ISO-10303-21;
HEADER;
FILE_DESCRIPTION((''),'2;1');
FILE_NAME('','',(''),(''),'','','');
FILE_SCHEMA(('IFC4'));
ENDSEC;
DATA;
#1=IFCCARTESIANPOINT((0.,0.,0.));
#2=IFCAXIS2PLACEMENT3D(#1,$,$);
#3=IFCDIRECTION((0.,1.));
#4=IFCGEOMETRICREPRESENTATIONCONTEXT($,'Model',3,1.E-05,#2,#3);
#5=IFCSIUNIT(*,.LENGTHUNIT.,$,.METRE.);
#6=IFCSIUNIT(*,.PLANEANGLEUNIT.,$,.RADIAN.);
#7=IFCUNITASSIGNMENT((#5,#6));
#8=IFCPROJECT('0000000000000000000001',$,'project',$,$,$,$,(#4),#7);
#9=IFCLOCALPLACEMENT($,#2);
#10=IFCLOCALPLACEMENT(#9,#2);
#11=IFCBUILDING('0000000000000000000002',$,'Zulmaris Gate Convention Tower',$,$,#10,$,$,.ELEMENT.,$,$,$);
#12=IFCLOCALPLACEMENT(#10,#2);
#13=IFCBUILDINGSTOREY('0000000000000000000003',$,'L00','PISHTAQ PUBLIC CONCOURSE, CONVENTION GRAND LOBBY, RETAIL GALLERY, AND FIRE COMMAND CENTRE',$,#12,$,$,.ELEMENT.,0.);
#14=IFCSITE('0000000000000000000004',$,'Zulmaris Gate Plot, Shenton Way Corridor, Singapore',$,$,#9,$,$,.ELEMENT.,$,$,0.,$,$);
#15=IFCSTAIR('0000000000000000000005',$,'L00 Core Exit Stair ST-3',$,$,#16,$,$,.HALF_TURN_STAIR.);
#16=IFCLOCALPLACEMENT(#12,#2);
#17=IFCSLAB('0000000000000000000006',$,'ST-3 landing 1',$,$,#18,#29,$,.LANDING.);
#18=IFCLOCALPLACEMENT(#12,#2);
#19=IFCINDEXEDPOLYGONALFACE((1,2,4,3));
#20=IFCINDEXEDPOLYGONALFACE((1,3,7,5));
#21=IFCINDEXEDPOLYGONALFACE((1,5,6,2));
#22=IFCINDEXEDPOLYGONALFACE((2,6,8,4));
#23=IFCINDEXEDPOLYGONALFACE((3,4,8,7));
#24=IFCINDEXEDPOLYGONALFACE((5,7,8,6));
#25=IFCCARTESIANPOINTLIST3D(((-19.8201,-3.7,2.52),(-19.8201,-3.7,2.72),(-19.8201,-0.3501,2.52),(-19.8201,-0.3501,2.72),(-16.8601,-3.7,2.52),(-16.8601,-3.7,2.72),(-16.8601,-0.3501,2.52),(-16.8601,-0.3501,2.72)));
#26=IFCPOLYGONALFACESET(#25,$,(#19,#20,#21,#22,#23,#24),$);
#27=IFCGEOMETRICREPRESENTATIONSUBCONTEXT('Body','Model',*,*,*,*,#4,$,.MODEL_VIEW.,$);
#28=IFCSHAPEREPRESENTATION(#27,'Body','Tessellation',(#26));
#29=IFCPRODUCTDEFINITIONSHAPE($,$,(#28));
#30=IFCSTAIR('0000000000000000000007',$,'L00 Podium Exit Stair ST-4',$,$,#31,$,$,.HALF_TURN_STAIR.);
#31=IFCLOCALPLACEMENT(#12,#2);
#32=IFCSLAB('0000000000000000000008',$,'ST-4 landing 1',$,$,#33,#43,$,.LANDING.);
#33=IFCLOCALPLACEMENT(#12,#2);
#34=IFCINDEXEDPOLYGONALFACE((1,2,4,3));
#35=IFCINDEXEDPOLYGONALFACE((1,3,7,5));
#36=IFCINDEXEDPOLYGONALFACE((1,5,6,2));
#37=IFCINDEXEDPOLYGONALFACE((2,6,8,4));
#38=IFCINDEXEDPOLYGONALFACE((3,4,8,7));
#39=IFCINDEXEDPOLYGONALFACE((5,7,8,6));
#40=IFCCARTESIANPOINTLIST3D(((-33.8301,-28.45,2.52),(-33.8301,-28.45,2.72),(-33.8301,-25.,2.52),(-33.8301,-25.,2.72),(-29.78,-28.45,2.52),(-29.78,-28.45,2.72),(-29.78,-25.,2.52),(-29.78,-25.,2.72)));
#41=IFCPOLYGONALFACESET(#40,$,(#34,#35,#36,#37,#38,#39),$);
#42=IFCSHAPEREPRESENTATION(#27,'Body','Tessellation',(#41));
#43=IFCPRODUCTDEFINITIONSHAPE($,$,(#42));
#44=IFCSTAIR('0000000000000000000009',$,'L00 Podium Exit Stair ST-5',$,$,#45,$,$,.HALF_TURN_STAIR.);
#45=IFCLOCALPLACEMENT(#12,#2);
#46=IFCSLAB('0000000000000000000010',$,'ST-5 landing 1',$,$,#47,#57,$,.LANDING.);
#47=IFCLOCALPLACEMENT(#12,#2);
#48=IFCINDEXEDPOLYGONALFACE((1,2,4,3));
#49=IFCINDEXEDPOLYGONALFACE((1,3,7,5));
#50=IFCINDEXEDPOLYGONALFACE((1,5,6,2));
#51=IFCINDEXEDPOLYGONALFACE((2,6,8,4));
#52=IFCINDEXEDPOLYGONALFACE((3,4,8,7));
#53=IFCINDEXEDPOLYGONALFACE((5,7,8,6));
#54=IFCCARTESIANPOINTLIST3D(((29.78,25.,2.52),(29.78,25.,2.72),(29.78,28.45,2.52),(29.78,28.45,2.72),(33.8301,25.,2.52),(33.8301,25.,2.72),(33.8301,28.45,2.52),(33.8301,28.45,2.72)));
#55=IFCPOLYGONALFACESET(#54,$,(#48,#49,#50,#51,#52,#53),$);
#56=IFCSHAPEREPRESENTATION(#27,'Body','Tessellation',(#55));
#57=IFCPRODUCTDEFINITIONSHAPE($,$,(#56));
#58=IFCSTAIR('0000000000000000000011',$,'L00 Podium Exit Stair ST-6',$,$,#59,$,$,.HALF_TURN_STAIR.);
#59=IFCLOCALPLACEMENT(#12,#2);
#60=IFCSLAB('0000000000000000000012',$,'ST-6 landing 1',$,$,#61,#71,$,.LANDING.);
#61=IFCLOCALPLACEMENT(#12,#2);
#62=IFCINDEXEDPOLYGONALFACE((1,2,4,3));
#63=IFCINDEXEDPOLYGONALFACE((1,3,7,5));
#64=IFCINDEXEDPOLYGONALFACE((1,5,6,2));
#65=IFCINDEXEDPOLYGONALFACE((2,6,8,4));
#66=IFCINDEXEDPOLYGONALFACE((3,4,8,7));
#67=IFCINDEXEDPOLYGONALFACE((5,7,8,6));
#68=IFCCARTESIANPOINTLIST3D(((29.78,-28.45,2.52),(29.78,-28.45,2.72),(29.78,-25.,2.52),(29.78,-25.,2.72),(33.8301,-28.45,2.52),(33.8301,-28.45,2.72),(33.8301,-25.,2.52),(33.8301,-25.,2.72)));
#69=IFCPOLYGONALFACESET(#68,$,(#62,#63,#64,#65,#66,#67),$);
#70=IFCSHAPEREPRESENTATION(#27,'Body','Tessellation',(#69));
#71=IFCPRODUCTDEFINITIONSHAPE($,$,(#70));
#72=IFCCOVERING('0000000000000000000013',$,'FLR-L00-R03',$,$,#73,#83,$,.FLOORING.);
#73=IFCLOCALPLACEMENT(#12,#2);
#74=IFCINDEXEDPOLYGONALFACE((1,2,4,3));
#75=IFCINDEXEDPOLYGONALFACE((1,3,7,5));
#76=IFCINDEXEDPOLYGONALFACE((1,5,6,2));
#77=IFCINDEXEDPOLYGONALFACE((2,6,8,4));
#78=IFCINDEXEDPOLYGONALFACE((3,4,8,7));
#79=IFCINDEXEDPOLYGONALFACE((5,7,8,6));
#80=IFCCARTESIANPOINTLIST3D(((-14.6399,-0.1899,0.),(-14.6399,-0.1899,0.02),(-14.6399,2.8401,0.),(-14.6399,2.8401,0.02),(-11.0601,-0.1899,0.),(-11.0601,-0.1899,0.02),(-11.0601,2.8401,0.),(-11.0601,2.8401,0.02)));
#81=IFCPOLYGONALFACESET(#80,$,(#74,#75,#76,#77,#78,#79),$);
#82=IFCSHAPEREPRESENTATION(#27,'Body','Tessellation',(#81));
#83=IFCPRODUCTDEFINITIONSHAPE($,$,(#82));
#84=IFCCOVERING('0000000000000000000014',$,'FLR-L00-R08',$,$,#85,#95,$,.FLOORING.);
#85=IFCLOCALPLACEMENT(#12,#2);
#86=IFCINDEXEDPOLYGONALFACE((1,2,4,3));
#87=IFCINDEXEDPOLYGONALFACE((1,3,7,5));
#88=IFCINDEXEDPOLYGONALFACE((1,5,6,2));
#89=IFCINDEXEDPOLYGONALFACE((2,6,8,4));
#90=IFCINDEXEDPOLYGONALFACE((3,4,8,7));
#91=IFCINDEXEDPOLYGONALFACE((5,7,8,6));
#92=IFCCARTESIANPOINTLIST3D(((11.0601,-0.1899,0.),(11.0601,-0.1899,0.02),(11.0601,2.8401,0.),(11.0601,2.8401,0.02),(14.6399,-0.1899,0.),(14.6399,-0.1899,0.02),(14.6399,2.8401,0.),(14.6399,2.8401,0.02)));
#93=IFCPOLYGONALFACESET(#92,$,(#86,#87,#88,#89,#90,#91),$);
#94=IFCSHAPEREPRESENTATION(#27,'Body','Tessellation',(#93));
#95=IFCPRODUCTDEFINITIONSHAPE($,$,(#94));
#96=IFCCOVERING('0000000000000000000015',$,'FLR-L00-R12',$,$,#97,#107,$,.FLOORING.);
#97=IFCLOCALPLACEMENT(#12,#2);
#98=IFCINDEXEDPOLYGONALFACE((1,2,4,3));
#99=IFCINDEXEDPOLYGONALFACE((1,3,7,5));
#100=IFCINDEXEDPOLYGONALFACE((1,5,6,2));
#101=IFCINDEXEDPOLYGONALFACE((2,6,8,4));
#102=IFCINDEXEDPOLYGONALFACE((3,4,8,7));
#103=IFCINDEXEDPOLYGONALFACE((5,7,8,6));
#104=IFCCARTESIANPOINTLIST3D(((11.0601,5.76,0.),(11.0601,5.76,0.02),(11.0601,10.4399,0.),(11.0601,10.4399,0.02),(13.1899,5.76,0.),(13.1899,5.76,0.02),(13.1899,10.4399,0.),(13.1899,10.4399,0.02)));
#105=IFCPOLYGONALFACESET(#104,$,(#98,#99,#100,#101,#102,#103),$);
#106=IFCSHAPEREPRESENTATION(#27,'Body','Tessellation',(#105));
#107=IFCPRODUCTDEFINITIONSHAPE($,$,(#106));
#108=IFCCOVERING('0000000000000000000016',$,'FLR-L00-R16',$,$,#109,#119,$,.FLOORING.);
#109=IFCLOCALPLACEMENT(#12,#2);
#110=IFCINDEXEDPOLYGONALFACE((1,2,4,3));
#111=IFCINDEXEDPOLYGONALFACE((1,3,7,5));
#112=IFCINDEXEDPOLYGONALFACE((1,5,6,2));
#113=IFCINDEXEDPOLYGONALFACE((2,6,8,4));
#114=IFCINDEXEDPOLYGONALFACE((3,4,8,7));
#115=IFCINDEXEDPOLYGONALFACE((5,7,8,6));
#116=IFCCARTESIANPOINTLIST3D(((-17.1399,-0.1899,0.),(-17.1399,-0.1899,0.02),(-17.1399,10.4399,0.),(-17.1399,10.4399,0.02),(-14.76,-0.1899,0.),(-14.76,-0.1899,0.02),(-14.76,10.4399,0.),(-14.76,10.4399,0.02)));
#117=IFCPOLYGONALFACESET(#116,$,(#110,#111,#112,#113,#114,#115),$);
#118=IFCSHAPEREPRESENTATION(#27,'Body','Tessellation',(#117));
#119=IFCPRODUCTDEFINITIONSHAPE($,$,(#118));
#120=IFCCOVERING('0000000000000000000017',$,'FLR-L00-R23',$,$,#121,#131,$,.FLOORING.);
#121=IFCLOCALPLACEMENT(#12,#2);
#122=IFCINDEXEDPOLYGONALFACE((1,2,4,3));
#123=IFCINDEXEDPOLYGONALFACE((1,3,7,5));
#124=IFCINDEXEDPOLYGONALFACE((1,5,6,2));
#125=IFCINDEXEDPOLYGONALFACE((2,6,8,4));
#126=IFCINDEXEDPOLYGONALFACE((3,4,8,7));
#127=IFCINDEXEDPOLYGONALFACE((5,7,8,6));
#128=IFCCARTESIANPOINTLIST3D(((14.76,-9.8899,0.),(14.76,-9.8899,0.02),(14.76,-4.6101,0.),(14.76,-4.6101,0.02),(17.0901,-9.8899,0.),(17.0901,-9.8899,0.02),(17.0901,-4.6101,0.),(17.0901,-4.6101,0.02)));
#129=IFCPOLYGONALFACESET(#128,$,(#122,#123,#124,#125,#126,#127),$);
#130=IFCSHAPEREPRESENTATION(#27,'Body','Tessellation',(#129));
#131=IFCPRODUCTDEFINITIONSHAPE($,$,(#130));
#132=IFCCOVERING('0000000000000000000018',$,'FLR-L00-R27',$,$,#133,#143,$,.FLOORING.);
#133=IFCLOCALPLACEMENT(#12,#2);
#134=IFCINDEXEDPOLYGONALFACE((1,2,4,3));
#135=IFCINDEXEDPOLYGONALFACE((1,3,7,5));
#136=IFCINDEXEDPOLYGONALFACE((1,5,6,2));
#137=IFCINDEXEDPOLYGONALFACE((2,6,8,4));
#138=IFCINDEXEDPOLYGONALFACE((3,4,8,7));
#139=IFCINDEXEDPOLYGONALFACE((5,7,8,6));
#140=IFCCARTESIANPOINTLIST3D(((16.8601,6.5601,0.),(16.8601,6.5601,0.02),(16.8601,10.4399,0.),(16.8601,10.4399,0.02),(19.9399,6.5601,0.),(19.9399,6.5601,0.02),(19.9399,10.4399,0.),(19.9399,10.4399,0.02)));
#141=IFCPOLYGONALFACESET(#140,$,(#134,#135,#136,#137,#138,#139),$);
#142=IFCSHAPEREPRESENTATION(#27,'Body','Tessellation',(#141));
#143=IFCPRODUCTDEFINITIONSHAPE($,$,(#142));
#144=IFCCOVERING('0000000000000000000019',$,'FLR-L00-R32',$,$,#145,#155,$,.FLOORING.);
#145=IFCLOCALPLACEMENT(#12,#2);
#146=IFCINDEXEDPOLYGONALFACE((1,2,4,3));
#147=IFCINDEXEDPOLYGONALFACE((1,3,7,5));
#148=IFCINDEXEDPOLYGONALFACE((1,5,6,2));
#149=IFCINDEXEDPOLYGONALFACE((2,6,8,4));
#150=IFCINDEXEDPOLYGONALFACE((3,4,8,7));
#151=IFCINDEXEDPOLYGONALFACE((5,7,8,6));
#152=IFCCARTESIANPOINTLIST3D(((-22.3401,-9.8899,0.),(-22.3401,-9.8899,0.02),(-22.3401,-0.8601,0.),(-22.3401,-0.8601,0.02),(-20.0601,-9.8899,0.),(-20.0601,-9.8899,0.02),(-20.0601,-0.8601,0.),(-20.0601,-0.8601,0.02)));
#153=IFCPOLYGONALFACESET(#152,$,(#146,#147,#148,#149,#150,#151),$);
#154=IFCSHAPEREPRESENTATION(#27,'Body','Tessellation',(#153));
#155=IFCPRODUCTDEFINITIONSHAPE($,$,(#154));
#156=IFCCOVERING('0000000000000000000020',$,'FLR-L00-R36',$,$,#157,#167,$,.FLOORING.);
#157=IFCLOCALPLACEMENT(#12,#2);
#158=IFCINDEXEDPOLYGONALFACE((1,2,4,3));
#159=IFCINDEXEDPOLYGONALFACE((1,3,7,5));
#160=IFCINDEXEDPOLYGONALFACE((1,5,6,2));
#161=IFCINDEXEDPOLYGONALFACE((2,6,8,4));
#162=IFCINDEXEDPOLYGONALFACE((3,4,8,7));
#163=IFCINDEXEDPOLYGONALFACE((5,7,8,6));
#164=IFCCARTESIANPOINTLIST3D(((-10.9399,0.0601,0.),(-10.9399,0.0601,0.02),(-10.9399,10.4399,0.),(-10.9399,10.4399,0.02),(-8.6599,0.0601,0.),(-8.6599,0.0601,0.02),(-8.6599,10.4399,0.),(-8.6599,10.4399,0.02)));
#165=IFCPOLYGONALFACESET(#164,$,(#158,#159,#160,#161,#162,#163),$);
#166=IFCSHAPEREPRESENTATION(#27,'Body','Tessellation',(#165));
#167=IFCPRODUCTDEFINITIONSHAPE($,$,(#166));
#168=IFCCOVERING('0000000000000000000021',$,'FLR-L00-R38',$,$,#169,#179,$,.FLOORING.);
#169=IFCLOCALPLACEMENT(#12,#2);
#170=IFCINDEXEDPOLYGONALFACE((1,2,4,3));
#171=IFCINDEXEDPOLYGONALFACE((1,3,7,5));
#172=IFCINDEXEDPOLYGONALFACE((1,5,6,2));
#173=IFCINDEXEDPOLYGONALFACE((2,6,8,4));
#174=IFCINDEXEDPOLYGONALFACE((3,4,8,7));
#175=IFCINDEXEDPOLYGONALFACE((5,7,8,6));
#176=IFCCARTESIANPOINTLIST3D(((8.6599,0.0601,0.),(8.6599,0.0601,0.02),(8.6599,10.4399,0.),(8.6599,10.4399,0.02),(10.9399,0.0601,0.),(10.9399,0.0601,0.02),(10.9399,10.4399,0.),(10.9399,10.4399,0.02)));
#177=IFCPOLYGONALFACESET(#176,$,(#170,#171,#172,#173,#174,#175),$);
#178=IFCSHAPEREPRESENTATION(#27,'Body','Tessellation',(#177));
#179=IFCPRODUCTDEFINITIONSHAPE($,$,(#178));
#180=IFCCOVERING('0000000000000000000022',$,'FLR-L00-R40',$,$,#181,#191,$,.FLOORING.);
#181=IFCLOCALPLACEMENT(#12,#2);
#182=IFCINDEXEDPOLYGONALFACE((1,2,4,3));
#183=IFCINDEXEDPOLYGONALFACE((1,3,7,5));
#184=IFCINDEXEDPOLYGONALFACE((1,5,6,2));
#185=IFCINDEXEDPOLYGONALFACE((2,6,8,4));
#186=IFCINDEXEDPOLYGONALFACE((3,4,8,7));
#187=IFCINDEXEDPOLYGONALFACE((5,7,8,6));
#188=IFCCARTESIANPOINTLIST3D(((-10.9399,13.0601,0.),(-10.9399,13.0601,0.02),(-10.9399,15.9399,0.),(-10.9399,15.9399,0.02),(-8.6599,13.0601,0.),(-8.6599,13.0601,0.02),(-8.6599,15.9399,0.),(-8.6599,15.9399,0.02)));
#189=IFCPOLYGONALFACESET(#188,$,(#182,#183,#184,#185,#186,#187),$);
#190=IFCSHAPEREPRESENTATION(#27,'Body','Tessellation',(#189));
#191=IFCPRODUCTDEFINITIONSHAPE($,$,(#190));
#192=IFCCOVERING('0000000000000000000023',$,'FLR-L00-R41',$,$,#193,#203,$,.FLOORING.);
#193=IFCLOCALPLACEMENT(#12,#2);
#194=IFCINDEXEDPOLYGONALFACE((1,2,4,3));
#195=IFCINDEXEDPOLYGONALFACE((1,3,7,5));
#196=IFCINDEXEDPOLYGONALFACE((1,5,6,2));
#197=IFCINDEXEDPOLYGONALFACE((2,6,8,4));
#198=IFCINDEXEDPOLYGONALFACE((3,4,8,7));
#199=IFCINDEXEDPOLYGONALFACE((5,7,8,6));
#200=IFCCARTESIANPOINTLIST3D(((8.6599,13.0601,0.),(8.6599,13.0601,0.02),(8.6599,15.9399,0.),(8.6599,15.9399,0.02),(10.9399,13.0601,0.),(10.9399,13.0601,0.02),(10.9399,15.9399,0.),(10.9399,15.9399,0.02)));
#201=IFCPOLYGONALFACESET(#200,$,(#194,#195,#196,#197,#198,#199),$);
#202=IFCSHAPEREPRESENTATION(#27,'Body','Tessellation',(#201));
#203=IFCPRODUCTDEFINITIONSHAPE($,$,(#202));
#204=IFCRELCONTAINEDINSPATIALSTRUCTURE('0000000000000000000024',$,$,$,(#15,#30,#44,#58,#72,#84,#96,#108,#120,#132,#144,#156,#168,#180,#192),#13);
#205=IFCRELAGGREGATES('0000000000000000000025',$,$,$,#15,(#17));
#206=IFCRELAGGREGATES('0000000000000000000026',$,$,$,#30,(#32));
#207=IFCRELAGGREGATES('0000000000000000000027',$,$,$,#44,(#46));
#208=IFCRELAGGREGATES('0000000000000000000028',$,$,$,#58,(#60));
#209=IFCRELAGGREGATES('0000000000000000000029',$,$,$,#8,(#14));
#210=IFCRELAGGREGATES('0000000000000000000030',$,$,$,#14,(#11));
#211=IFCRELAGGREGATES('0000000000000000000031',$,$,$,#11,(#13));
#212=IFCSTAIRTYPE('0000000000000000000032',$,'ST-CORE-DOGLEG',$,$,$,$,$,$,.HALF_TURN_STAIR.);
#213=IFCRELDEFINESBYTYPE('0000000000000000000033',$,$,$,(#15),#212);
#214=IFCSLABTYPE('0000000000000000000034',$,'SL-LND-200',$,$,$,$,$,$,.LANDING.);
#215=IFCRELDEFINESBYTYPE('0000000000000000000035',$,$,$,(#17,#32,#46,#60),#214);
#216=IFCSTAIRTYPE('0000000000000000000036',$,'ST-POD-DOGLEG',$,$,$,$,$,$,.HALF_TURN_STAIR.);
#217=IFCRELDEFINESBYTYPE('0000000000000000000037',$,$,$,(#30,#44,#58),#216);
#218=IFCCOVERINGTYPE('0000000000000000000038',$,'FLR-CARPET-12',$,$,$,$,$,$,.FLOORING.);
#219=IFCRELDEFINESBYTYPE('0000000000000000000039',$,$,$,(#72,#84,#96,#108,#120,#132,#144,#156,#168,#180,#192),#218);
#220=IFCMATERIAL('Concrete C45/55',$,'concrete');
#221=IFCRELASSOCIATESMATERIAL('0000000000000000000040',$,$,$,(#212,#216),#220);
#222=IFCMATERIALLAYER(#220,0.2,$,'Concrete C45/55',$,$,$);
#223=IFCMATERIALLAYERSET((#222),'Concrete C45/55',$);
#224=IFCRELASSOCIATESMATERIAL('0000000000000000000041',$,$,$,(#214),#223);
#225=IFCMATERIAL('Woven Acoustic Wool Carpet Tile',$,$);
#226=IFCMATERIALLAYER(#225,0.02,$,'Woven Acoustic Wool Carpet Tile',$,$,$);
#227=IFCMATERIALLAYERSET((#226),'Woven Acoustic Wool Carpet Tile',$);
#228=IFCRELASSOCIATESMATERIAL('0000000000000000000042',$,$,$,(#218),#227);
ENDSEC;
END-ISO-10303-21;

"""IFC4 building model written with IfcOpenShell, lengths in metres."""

from ifc_helpers import new_model, si_unit, direction, frame, origin, place, context, subcontext, project, spatial, polyline, outline, extrude, material, layer, layer_set, type_object, element, aggregate, save


model = new_model("IFC4")

# Units and contexts
model_context = context("Model", 3, precision=1e-05, world=origin(), true_north=direction((0.0, 1.0)))
body_context = subcontext(model_context, "Body", "Model", "MODEL_VIEW")
ifc_project = project(units=[si_unit("LENGTHUNIT", "METRE"), si_unit("PLANEANGLEUNIT", "RADIAN")], contexts=[model_context])

# Site, building, storey
site_placement = place(None, origin())
site = spatial("IfcSite", under=ifc_project, at=site_placement, Name="Zulmaris Gate Plot, Shenton Way Corridor, Singapore", CompositionType="ELEMENT", RefElevation=0.0)
building_placement = place(site_placement, origin())
building = spatial("IfcBuilding", under=site, at=building_placement, Name="Zulmaris Gate Convention Tower", CompositionType="ELEMENT")
storey_placement = place(building_placement, origin())
storey = spatial("IfcBuildingStorey", under=building, at=storey_placement, Name="L00", Description="PISHTAQ PUBLIC CONCOURSE, CONVENTION GRAND LOBBY, RETAIL GALLERY, AND FIRE COMMAND CENTRE", CompositionType="ELEMENT", Elevation=0.0)

# Stairs, slabs
ifc_material_1 = material(Name="Concrete C45/55", Category="concrete")
stair_type_1 = type_object("IfcStairType", Name="ST-CORE-DOGLEG", PredefinedType="HALF_TURN_STAIR", material=ifc_material_1)
stair_1_placement = place(storey_placement, origin())
stair_1 = element("IfcStair", 1, at=stair_1_placement, inside=storey, type_object=stair_type_1, Name="L00 Core Exit Stair ST-3", PredefinedType="HALF_TURN_STAIR")
ifc_layer_1 = layer(ifc_material_1, 0.2, Name="Concrete C45/55")
ifc_layer_set_1 = layer_set([ifc_layer_1], Name="Concrete C45/55")
slab_type = type_object("IfcSlabType", Name="SL-LND-200", PredefinedType="LANDING", material=ifc_layer_set_1)
slab_1_placement = place(storey_placement, frame((0.0, 0.0, 2.52)))
slab_1 = element("IfcSlab", 2, at=slab_1_placement, type_object=slab_type, Name="ST-3 landing 1", PredefinedType="LANDING", context=body_context, shape_type="SweptSolid", body=[
    extrude(outline(polyline([(-16.8601, -3.7), (-16.8601, -0.3501), (-19.8201, -0.3501), (-19.8201, -3.7), (-16.8601, -3.7)])), origin(), (0.0, 0.0, 1.0), 0.2),
])
aggregate(stair_1, [slab_1])
stair_type_2 = type_object("IfcStairType", Name="ST-POD-DOGLEG", PredefinedType="HALF_TURN_STAIR", material=ifc_material_1)
stair_2_placement = place(storey_placement, origin())
stair_2 = element("IfcStair", 3, at=stair_2_placement, inside=storey, type_object=stair_type_2, Name="L00 Podium Exit Stair ST-4", PredefinedType="HALF_TURN_STAIR")
slab_2_placement = place(storey_placement, frame((0.0, 0.0, 2.52)))
slab_2 = element("IfcSlab", 4, at=slab_2_placement, type_object=slab_type, Name="ST-4 landing 1", PredefinedType="LANDING", context=body_context, shape_type="SweptSolid", body=[
    extrude(outline(polyline([(-33.8301, -25.0), (-33.8301, -28.45), (-29.78, -28.45), (-29.78, -25.0), (-33.8301, -25.0)])), origin(), (0.0, 0.0, 1.0), 0.2),
])
aggregate(stair_2, [slab_2])
stair_3_placement = place(storey_placement, origin())
stair_3 = element("IfcStair", 5, at=stair_3_placement, inside=storey, type_object=stair_type_2, Name="L00 Podium Exit Stair ST-5", PredefinedType="HALF_TURN_STAIR")
slab_3_placement = place(storey_placement, frame((0.0, 0.0, 2.52)))
slab_3 = element("IfcSlab", 6, at=slab_3_placement, type_object=slab_type, Name="ST-5 landing 1", PredefinedType="LANDING", context=body_context, shape_type="SweptSolid", body=[
    extrude(outline(polyline([(33.8301, 25.0), (33.8301, 28.45), (29.78, 28.45), (29.78, 25.0), (33.8301, 25.0)])), origin(), (0.0, 0.0, 1.0), 0.2),
])
aggregate(stair_3, [slab_3])
stair_4_placement = place(storey_placement, origin())
stair_4 = element("IfcStair", 7, at=stair_4_placement, inside=storey, type_object=stair_type_2, Name="L00 Podium Exit Stair ST-6", PredefinedType="HALF_TURN_STAIR")
slab_4_placement = place(storey_placement, frame((0.0, 0.0, 2.52)))
slab_4 = element("IfcSlab", 8, at=slab_4_placement, type_object=slab_type, Name="ST-6 landing 1", PredefinedType="LANDING", context=body_context, shape_type="SweptSolid", body=[
    extrude(outline(polyline([(29.78, -25.0), (29.78, -28.45), (33.8301, -28.45), (33.8301, -25.0), (29.78, -25.0)])), origin(), (0.0, 0.0, 1.0), 0.2),
])
aggregate(stair_4, [slab_4])

# Coverings
ifc_material_2 = material(Name="Woven Acoustic Wool Carpet Tile")
ifc_layer_2 = layer(ifc_material_2, 0.02, Name="Woven Acoustic Wool Carpet Tile")
ifc_layer_set_2 = layer_set([ifc_layer_2], Name="Woven Acoustic Wool Carpet Tile")
covering_type = type_object("IfcCoveringType", Name="FLR-CARPET-12", PredefinedType="FLOORING", material=ifc_layer_set_2)
covering_1_placement = place(storey_placement, origin())
element("IfcCovering", 9, at=covering_1_placement, inside=storey, type_object=covering_type, Name="FLR-L00-R03", PredefinedType="FLOORING", context=body_context, shape_type="SweptSolid", body=[
    extrude(outline(polyline([(-14.6399, -0.1899), (-11.0601, -0.1899), (-11.0601, 2.8401), (-14.6399, 2.8401), (-14.6399, -0.1899)])), origin(), (0.0, 0.0, 1.0), 0.02),
])
covering_2_placement = place(storey_placement, origin())
element("IfcCovering", 10, at=covering_2_placement, inside=storey, type_object=covering_type, Name="FLR-L00-R08", PredefinedType="FLOORING", context=body_context, shape_type="SweptSolid", body=[
    extrude(outline(polyline([(11.0601, -0.1899), (14.6399, -0.1899), (14.6399, 2.8401), (11.0601, 2.8401), (11.0601, -0.1899)])), origin(), (0.0, 0.0, 1.0), 0.02),
])
covering_3_placement = place(storey_placement, origin())
element("IfcCovering", 11, at=covering_3_placement, inside=storey, type_object=covering_type, Name="FLR-L00-R12", PredefinedType="FLOORING", context=body_context, shape_type="SweptSolid", body=[
    extrude(outline(polyline([(11.0601, 5.76), (13.1899, 5.76), (13.1899, 10.4399), (11.0601, 10.4399), (11.0601, 5.76)])), origin(), (0.0, 0.0, 1.0), 0.02),
])
covering_4_placement = place(storey_placement, origin())
element("IfcCovering", 12, at=covering_4_placement, inside=storey, type_object=covering_type, Name="FLR-L00-R16", PredefinedType="FLOORING", context=body_context, shape_type="SweptSolid", body=[
    extrude(outline(polyline([(-17.1399, -0.1899), (-14.76, -0.1899), (-14.76, 10.4399), (-17.1399, 10.4399), (-17.1399, -0.1899)])), origin(), (0.0, 0.0, 1.0), 0.02),
])
covering_5_placement = place(storey_placement, origin())
element("IfcCovering", 13, at=covering_5_placement, inside=storey, type_object=covering_type, Name="FLR-L00-R23", PredefinedType="FLOORING", context=body_context, shape_type="SweptSolid", body=[
    extrude(outline(polyline([(14.76, -9.8899), (17.0901, -9.8899), (17.0901, -4.6101), (14.76, -4.6101), (14.76, -9.8899)])), origin(), (0.0, 0.0, 1.0), 0.02),
])
covering_6_placement = place(storey_placement, origin())
element("IfcCovering", 14, at=covering_6_placement, inside=storey, type_object=covering_type, Name="FLR-L00-R27", PredefinedType="FLOORING", context=body_context, shape_type="SweptSolid", body=[
    extrude(outline(polyline([(16.8601, 6.5601), (19.9399, 6.5601), (19.9399, 10.4399), (16.8601, 10.4399), (16.8601, 6.5601)])), origin(), (0.0, 0.0, 1.0), 0.02),
])
covering_7_placement = place(storey_placement, origin())
element("IfcCovering", 15, at=covering_7_placement, inside=storey, type_object=covering_type, Name="FLR-L00-R32", PredefinedType="FLOORING", context=body_context, shape_type="SweptSolid", body=[
    extrude(outline(polyline([(-22.3401, -9.8899), (-20.0601, -9.8899), (-20.0601, -0.8601), (-22.3401, -0.8601), (-22.3401, -9.8899)])), origin(), (0.0, 0.0, 1.0), 0.02),
])
covering_8_placement = place(storey_placement, origin())
element("IfcCovering", 16, at=covering_8_placement, inside=storey, type_object=covering_type, Name="FLR-L00-R36", PredefinedType="FLOORING", context=body_context, shape_type="SweptSolid", body=[
    extrude(outline(polyline([(-10.9399, 0.0601), (-8.6599, 0.0601), (-8.6599, 10.4399), (-10.9399, 10.4399), (-10.9399, 0.0601)])), origin(), (0.0, 0.0, 1.0), 0.02),
])
covering_9_placement = place(storey_placement, origin())
element("IfcCovering", 17, at=covering_9_placement, inside=storey, type_object=covering_type, Name="FLR-L00-R38", PredefinedType="FLOORING", context=body_context, shape_type="SweptSolid", body=[
    extrude(outline(polyline([(8.6599, 0.0601), (10.9399, 0.0601), (10.9399, 10.4399), (8.6599, 10.4399), (8.6599, 0.0601)])), origin(), (0.0, 0.0, 1.0), 0.02),
])
covering_10_placement = place(storey_placement, origin())
element("IfcCovering", 18, at=covering_10_placement, inside=storey, type_object=covering_type, Name="FLR-L00-R40", PredefinedType="FLOORING", context=body_context, shape_type="SweptSolid", body=[
    extrude(outline(polyline([(-10.9399, 13.0601), (-8.6599, 13.0601), (-8.6599, 15.9399), (-10.9399, 15.9399), (-10.9399, 13.0601)])), origin(), (0.0, 0.0, 1.0), 0.02),
])
covering_11_placement = place(storey_placement, origin())
element("IfcCovering", 19, at=covering_11_placement, inside=storey, type_object=covering_type, Name="FLR-L00-R41", PredefinedType="FLOORING", context=body_context, shape_type="SweptSolid", body=[
    extrude(outline(polyline([(8.6599, 13.0601), (10.9399, 13.0601), (10.9399, 15.9399), (8.6599, 15.9399), (8.6599, 13.0601)])), origin(), (0.0, 0.0, 1.0), 0.02),
])

save(model, "model.ifc")
